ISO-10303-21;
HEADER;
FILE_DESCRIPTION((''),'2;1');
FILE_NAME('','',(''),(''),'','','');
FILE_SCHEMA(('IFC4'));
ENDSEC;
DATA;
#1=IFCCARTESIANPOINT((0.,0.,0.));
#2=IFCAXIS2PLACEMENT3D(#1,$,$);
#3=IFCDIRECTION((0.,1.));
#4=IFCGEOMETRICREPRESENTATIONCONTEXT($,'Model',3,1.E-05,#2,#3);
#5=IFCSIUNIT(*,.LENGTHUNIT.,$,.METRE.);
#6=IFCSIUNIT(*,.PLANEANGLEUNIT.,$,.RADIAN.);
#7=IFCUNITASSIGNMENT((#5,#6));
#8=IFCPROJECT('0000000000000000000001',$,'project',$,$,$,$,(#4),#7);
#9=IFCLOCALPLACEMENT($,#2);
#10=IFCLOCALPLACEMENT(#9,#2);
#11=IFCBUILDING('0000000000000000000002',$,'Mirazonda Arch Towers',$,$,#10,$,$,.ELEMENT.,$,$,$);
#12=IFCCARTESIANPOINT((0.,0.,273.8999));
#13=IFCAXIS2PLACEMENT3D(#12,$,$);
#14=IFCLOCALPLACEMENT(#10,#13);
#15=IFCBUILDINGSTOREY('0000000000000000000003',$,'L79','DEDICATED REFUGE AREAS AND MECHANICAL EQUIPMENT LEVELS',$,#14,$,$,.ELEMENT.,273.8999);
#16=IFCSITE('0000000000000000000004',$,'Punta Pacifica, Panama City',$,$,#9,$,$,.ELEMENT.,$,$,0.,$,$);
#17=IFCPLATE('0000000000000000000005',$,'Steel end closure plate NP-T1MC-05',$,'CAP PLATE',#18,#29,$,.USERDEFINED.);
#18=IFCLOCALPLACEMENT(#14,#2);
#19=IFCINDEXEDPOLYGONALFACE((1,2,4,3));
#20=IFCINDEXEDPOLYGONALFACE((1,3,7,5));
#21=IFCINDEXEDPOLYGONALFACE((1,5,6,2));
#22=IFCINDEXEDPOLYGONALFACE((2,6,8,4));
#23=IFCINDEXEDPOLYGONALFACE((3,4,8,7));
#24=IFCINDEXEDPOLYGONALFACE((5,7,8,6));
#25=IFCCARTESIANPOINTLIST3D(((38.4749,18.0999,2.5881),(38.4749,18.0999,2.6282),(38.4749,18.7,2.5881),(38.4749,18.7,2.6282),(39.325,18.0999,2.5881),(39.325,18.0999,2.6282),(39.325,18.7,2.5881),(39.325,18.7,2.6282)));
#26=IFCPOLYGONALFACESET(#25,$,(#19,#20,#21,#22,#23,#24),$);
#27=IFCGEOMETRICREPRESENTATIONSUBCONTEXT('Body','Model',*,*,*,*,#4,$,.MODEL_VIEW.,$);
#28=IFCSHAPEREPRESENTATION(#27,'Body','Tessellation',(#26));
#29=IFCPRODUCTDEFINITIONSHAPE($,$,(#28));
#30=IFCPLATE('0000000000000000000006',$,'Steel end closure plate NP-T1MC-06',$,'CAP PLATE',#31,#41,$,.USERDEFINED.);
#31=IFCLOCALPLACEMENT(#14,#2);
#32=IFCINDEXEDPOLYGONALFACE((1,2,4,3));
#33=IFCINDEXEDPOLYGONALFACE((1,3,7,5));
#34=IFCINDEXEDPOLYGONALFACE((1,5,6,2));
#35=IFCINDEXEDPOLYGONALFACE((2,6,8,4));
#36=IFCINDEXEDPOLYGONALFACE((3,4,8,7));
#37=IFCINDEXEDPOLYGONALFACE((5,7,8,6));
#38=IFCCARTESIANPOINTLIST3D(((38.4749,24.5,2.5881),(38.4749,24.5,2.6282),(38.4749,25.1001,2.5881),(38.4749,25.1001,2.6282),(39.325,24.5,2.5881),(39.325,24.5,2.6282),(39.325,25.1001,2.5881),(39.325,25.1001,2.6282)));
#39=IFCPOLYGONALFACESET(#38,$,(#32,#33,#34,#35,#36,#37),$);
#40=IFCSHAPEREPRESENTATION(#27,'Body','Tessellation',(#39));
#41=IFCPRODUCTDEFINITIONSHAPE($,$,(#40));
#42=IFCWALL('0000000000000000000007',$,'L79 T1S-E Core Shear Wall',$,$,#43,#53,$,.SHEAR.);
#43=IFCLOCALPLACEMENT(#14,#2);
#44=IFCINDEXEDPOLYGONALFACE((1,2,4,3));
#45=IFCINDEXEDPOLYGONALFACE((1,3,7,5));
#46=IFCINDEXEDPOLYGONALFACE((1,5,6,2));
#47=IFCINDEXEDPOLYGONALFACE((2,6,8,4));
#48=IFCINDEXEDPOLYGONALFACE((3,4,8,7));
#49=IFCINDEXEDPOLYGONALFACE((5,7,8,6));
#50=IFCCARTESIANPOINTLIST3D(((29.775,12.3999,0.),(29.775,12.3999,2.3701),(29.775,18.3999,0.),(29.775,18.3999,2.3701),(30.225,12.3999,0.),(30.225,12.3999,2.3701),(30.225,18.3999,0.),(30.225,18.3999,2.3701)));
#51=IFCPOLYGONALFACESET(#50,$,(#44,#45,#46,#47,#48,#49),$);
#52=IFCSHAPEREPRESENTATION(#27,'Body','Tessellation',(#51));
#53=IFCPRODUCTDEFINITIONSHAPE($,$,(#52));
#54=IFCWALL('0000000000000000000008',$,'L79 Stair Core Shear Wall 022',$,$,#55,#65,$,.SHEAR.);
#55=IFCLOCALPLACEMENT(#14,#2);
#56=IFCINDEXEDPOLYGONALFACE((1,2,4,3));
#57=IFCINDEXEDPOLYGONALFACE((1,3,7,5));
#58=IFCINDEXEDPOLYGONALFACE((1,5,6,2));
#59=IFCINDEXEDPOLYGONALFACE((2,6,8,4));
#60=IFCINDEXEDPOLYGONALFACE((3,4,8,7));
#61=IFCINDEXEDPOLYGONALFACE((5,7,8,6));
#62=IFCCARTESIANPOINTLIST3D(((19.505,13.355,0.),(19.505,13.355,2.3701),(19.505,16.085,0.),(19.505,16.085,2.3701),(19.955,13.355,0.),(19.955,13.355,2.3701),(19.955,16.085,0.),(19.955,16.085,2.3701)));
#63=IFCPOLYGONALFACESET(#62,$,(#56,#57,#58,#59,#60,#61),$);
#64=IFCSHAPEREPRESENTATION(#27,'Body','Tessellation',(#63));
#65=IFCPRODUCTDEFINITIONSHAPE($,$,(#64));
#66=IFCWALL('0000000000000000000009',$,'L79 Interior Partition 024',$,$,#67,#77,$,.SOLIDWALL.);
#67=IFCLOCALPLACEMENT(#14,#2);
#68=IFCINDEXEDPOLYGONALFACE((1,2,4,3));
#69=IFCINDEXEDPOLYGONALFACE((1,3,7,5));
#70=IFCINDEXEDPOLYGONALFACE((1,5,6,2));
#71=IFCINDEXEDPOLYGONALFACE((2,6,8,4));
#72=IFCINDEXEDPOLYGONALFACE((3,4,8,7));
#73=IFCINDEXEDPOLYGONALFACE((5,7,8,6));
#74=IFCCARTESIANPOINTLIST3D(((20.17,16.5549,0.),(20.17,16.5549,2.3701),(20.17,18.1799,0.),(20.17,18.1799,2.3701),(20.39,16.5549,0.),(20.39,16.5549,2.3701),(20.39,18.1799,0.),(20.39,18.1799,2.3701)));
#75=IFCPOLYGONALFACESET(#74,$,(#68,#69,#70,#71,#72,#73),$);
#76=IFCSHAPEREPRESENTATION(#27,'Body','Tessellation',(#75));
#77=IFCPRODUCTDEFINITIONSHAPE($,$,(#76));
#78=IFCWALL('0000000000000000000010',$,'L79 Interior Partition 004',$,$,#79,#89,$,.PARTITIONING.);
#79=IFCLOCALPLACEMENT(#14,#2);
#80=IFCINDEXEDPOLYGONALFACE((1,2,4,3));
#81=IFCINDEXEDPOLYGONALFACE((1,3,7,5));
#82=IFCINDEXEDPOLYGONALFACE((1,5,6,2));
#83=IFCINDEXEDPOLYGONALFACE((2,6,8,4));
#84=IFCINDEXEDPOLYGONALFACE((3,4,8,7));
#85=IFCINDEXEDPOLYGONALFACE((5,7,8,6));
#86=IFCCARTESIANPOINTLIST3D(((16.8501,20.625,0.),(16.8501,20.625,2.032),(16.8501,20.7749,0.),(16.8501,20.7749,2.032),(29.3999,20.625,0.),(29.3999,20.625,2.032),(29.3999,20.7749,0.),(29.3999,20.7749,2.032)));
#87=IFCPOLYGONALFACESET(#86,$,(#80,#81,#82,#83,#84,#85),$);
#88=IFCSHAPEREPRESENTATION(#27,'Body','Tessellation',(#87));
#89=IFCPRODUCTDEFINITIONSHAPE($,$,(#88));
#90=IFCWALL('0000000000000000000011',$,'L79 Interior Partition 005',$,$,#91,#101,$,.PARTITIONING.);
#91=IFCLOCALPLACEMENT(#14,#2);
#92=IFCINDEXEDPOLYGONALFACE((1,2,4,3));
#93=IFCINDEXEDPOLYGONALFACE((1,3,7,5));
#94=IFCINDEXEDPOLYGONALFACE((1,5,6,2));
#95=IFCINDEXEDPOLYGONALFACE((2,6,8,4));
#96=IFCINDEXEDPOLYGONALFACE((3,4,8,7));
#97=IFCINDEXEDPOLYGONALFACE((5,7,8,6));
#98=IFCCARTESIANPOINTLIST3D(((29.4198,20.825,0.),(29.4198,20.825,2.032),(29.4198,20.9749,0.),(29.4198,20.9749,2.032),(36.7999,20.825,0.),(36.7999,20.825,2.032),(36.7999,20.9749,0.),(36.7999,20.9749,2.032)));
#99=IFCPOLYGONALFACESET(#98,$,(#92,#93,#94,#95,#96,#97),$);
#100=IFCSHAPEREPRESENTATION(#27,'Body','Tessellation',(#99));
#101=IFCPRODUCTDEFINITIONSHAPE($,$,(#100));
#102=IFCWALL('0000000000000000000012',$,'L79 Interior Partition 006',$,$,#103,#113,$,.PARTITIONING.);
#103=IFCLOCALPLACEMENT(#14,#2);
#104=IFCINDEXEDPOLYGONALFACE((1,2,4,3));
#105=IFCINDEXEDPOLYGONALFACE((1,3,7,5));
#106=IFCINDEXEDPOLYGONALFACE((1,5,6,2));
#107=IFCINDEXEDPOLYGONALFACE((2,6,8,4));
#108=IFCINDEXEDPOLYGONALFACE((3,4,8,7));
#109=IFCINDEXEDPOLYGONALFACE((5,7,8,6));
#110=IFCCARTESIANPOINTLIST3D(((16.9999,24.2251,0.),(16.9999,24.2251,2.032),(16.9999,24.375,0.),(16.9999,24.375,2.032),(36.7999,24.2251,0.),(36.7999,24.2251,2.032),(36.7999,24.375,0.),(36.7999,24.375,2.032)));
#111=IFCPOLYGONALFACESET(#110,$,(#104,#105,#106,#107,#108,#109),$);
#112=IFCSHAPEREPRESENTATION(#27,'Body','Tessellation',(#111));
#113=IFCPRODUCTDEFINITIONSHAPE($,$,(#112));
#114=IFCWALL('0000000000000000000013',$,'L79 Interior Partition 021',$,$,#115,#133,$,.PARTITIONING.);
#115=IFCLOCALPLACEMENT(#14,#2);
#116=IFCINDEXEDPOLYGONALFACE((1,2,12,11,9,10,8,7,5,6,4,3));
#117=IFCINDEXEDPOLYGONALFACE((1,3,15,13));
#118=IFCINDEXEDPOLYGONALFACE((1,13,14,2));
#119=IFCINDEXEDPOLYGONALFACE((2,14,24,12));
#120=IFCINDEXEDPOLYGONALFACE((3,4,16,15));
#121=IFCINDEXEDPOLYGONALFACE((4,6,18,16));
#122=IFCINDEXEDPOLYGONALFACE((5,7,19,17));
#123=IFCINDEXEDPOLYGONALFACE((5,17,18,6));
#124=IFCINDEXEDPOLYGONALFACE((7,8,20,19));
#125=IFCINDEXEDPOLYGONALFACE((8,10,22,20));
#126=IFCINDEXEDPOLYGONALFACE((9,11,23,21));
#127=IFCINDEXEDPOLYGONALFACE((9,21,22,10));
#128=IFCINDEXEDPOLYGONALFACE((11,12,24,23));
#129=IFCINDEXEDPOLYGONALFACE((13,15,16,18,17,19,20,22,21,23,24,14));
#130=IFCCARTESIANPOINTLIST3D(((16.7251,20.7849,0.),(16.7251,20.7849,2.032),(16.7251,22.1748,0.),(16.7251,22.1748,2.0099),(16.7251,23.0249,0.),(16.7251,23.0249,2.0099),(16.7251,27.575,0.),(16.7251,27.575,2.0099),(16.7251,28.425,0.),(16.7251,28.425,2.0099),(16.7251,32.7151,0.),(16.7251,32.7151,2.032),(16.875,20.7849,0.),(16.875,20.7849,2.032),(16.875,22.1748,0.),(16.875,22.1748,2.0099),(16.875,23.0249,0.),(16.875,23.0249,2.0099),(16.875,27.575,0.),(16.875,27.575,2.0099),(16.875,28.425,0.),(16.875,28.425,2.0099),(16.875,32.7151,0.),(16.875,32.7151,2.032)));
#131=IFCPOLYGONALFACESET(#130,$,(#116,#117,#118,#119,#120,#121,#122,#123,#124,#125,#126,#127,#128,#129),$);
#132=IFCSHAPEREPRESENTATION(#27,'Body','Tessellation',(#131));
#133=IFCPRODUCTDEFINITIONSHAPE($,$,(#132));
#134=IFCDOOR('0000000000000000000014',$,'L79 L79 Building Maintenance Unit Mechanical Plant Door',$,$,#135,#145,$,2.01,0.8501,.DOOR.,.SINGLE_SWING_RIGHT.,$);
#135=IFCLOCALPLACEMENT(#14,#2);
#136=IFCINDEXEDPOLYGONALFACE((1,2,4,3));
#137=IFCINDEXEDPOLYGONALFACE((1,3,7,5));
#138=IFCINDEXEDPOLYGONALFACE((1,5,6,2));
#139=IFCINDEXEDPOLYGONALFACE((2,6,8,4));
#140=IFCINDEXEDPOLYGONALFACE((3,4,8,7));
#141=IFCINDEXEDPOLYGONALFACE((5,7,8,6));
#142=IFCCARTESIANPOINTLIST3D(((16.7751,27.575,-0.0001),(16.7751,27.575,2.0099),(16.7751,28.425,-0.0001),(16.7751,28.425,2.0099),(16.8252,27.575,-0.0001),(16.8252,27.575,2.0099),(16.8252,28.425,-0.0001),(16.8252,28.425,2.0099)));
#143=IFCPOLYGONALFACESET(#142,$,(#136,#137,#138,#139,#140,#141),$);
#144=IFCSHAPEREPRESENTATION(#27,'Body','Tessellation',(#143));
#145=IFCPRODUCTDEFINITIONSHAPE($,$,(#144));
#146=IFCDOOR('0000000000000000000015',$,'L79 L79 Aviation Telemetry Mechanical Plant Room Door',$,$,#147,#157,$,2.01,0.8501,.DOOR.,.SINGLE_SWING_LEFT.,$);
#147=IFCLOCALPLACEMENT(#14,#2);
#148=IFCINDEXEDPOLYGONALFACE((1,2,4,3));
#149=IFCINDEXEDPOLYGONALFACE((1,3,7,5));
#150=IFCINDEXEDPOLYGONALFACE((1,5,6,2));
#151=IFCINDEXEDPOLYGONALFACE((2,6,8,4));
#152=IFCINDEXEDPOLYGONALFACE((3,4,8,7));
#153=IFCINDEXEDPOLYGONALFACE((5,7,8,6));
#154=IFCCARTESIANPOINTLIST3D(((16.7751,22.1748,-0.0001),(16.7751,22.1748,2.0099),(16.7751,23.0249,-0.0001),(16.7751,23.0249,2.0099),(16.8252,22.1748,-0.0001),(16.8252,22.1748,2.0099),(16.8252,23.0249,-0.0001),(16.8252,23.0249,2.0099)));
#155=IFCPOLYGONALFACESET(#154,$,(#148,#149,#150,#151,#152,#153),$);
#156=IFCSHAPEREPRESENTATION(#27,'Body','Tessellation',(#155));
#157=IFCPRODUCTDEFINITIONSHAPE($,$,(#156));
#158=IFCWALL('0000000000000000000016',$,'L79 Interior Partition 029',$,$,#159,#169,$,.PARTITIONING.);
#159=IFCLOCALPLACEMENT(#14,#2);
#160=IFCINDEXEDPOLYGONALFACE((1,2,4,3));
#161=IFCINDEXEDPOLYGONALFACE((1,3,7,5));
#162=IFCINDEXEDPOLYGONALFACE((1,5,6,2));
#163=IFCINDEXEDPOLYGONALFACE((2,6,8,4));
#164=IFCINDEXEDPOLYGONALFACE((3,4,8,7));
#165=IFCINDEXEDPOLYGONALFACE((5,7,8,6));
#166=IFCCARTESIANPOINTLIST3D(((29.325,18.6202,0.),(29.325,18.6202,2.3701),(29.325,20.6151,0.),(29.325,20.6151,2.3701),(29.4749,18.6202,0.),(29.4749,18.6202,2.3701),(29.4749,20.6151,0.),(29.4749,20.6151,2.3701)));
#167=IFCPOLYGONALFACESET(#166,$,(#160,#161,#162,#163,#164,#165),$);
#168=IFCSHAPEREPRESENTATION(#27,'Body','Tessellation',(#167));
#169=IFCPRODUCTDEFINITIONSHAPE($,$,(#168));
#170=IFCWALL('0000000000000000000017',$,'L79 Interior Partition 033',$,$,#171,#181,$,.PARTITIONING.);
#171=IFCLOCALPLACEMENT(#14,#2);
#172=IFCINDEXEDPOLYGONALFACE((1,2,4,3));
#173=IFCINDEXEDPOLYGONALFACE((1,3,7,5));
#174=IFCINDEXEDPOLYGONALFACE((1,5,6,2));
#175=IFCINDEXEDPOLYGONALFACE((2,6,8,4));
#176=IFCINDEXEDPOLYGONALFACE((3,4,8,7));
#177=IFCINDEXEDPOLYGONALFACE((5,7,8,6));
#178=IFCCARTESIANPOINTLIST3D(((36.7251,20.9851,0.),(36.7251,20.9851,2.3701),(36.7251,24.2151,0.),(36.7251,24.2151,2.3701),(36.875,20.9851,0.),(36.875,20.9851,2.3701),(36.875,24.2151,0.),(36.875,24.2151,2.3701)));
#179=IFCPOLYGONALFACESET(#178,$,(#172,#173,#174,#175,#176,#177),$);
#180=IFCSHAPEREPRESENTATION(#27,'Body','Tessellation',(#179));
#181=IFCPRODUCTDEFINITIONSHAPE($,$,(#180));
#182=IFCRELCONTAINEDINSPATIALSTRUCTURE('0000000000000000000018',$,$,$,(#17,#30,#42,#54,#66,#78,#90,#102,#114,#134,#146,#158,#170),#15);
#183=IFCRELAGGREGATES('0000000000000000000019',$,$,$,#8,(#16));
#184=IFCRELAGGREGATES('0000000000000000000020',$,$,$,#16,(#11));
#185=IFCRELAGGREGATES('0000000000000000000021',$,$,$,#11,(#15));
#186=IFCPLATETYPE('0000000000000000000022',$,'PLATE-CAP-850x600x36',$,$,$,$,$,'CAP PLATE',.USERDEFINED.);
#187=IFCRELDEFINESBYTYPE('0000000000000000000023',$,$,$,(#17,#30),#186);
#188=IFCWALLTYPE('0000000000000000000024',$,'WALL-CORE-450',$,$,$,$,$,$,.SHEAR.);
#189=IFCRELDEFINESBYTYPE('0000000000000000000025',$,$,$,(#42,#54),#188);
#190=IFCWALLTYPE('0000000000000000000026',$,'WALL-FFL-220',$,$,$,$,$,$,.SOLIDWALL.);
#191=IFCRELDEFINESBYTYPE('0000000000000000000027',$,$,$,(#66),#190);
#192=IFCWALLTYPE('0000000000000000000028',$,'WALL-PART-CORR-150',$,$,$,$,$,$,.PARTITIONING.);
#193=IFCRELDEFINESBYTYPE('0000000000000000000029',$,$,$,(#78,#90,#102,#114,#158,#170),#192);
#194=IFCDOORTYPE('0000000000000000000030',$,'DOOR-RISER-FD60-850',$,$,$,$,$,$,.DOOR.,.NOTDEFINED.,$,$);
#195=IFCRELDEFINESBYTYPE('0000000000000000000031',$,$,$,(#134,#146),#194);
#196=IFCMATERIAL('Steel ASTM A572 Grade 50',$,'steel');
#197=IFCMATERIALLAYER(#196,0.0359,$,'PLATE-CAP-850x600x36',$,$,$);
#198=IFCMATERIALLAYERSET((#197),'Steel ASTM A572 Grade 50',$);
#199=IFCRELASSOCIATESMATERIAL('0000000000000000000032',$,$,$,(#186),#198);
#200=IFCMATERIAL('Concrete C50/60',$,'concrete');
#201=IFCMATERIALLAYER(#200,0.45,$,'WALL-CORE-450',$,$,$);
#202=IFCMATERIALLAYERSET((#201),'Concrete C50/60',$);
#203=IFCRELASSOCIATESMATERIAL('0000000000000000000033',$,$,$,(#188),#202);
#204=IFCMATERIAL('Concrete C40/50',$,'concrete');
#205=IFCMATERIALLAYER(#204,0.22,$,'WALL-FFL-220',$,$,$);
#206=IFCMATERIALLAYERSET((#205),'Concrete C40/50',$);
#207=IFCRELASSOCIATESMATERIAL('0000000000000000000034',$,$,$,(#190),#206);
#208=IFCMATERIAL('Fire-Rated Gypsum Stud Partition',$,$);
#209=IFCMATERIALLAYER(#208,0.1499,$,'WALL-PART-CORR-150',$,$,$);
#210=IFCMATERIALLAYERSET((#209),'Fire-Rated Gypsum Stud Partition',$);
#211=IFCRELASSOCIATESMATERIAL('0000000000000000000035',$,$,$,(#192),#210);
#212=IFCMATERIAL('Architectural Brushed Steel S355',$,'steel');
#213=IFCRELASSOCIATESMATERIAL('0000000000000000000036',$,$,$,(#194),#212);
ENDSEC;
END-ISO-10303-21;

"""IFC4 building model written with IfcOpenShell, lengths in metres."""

from ifc_helpers import new_model, si_unit, direction, frame, frame_2d, origin, origin_2d, place, context, subcontext, project, spatial, rectangle, extrude, material, layer, layer_set, type_object, element, fill, save


model = new_model("IFC4")

# Units and contexts
model_context = context("Model", 3, precision=1e-05, world=origin(), true_north=direction((0.0, 1.0)))
body_context = subcontext(model_context, "Body", "Model", "MODEL_VIEW")
ifc_project = project(units=[si_unit("LENGTHUNIT", "METRE"), si_unit("PLANEANGLEUNIT", "RADIAN")], contexts=[model_context])

# Site, building, storey
site_placement = place(None, origin())
site = spatial("IfcSite", under=ifc_project, at=site_placement, Name="Punta Pacifica, Panama City", CompositionType="ELEMENT", RefElevation=0.0)
building_placement = place(site_placement, origin())
building = spatial("IfcBuilding", under=site, at=building_placement, Name="Mirazonda Arch Towers", CompositionType="ELEMENT")
storey_placement = place(building_placement, frame((0.0, 0.0, 273.8999)))
storey = spatial("IfcBuildingStorey", under=building, at=storey_placement, Name="L79", Description="DEDICATED REFUGE AREAS AND MECHANICAL EQUIPMENT LEVELS", CompositionType="ELEMENT", Elevation=273.8999)

# Shared definitions
ifc_material_1 = material(Name="Concrete C50/60", Category="concrete")
ifc_material_2 = material(Name="Steel ASTM A572 Grade 50", Category="steel")

# Plates
ifc_layer_1 = layer(ifc_material_2, 0.0359, Name="PLATE-CAP-850x600x36")
ifc_layer_set_1 = layer_set([ifc_layer_1], Name="Steel ASTM A572 Grade 50")
plate_type = type_object("IfcPlateType", Name="PLATE-CAP-850x600x36", ElementType="CAP PLATE", PredefinedType="USERDEFINED", material=ifc_layer_set_1)
for number, where, z_axis, x_axis, name in (
    (1, (38.8999, 18.3999, 2.5881), (0.0, 0.0, 1.0), (1.0, 0.0, 0.0), "Steel end closure plate NP-T1MC-05"),
    (2, (38.8999, 24.8, 2.5881), (0.0, 0.0, 1.0), (1.0, 0.0, 0.0), "Steel end closure plate NP-T1MC-06"),
):
    element("IfcPlate", number, at=place(storey_placement, frame(where, z_axis=z_axis, x_axis=x_axis)), inside=storey, type_object=plate_type, Name=name, ObjectType="CAP PLATE", PredefinedType="USERDEFINED", context=body_context, shape_type="SweptSolid", body=[
        extrude(rectangle(XDim=0.8501, YDim=0.6001, at=origin_2d()), origin(), (0.0, 0.0, 1.0), 0.04),
    ])

# Walls
ifc_layer_2 = layer(ifc_material_1, 0.45, Name="WALL-CORE-450")
ifc_layer_set_2 = layer_set([ifc_layer_2], Name="Concrete C50/60")
wall_type_1 = type_object("IfcWallType", Name="WALL-CORE-450", PredefinedType="SHEAR", material=ifc_layer_set_2)
wall_1_placement = place(storey_placement, frame((30.0, 12.3999, 0.0), z_axis=(0.0, 0.0, 1.0), x_axis=(0.0, 1.0, 0.0)))
element("IfcWall", 3, at=wall_1_placement, inside=storey, type_object=wall_type_1, Name="L79 T1S-E Core Shear Wall", PredefinedType="SHEAR", context=body_context, shape_type="SweptSolid", body=[
    extrude(rectangle(XDim=6.0, YDim=0.45, at=frame_2d((3.0, 0.0))), origin(), (0.0, 0.0, 1.0), 2.3701),
])
wall_2_placement = place(storey_placement, frame((19.73, 13.355, 0.0), z_axis=(0.0, 0.0, 1.0), x_axis=(0.0, 1.0, 0.0)))
element("IfcWall", 4, at=wall_2_placement, inside=storey, type_object=wall_type_1, Name="L79 Stair Core Shear Wall 022", PredefinedType="SHEAR", context=body_context, shape_type="SweptSolid", body=[
    extrude(rectangle(XDim=2.73, YDim=0.45, at=frame_2d((1.365, 0.0))), origin(), (0.0, 0.0, 1.0), 2.3701),
])
ifc_material_3 = material(Name="Concrete C40/50", Category="concrete")
ifc_layer_3 = layer(ifc_material_3, 0.22, Name="WALL-FFL-220")
ifc_layer_set_3 = layer_set([ifc_layer_3], Name="Concrete C40/50")
wall_type_2 = type_object("IfcWallType", Name="WALL-FFL-220", PredefinedType="SOLIDWALL", material=ifc_layer_set_3)
wall_3_placement = place(storey_placement, frame((20.28, 16.5549, 0.0), z_axis=(0.0, 0.0, 1.0), x_axis=(0.0, 1.0, 0.0)))
element("IfcWall", 5, at=wall_3_placement, inside=storey, type_object=wall_type_2, Name="L79 Interior Partition 024", PredefinedType="SOLIDWALL", context=body_context, shape_type="SweptSolid", body=[
    extrude(rectangle(XDim=1.625, YDim=0.22, at=frame_2d((0.8125, 0.0))), origin(), (0.0, 0.0, 1.0), 2.3701),
])
ifc_material_4 = material(Name="Fire-Rated Gypsum Stud Partition")
ifc_layer_4 = layer(ifc_material_4, 0.1499, Name="WALL-PART-CORR-150")
ifc_layer_set_4 = layer_set([ifc_layer_4], Name="Fire-Rated Gypsum Stud Partition")
wall_type_3 = type_object("IfcWallType", Name="WALL-PART-CORR-150", PredefinedType="PARTITIONING", material=ifc_layer_set_4)
wall_4_placement = place(storey_placement, frame((16.8501, 20.7, 0.0), z_axis=(0.0, 0.0, 1.0), x_axis=(1.0, 0.0, 0.0)))
element("IfcWall", 6, at=wall_4_placement, inside=storey, type_object=wall_type_3, Name="L79 Interior Partition 004", PredefinedType="PARTITIONING", context=body_context, shape_type="SweptSolid", body=[
    extrude(rectangle(XDim=12.5498, YDim=0.1499, at=frame_2d((6.2749, 0.0))), origin(), (0.0, 0.0, 1.0), 2.032),
])
wall_5_placement = place(storey_placement, frame((29.4199, 20.8999, 0.0), z_axis=(0.0, 0.0, 1.0), x_axis=(1.0, 0.0, 0.0)))
element("IfcWall", 7, at=wall_5_placement, inside=storey, type_object=wall_type_3, Name="L79 Interior Partition 005", PredefinedType="PARTITIONING", context=body_context, shape_type="SweptSolid", body=[
    extrude(rectangle(XDim=7.3801, YDim=0.1499, at=frame_2d((3.6899, 0.0))), origin(), (0.0, 0.0, 1.0), 2.032),
])
wall_6_placement = place(storey_placement, frame((17.0, 24.3, 0.0), z_axis=(0.0, 0.0, 1.0), x_axis=(1.0, 0.0, 0.0)))
element("IfcWall", 8, at=wall_6_placement, inside=storey, type_object=wall_type_3, Name="L79 Interior Partition 006", PredefinedType="PARTITIONING", context=body_context, shape_type="SweptSolid", body=[
    extrude(rectangle(XDim=19.8, YDim=0.1499, at=frame_2d((9.8999, 0.0))), origin(), (0.0, 0.0, 1.0), 2.032),
])

# Wall, openings, doors
wall_7_placement = place(storey_placement, frame((16.8, 20.7849, 0.0), z_axis=(0.0, 0.0, 1.0), x_axis=(0.0, 1.0, 0.0)))
wall_7 = element("IfcWall", 9, at=wall_7_placement, inside=storey, type_object=wall_type_3, Name="L79 Interior Partition 021", PredefinedType="PARTITIONING", context=body_context, shape_type="SweptSolid", body=[
    extrude(rectangle(XDim=11.9302, YDim=0.1499, at=frame_2d((5.9651, 0.0))), origin(), (0.0, 0.0, 1.0), 2.032),
])
opening_1_placement = place(wall_7_placement, frame((6.79, 0.0, 0.0)))
opening_1 = element("IfcOpeningElement", 10, at=opening_1_placement, cuts=wall_7, PredefinedType="OPENING", context=body_context, shape_type="SweptSolid", body=[
    extrude(rectangle(XDim=0.8501, YDim=2.01, at=frame_2d((0.425, 1.0049))), frame((0.0, 0.085, 0.0), z_axis=(0.0, -1.0, 0.0), x_axis=(1.0, 0.0, 0.0)), (0.0, 0.0, 1.0), 0.1699),
])
opening_2_placement = place(wall_7_placement, frame((1.3899, 0.0, 0.0)))
opening_2 = element("IfcOpeningElement", 11, at=opening_2_placement, cuts=wall_7, PredefinedType="OPENING", context=body_context, shape_type="SweptSolid", body=[
    extrude(rectangle(XDim=0.8501, YDim=2.01, at=frame_2d((0.425, 1.0049))), frame((0.0, 0.085, 0.0), z_axis=(0.0, -1.0, 0.0), x_axis=(1.0, 0.0, 0.0)), (0.0, 0.0, 1.0), 0.1699),
])
ifc_material_5 = material(Name="Architectural Brushed Steel S355", Category="steel")
door_type = type_object("IfcDoorType", Name="DOOR-RISER-FD60-850", OperationType="NOTDEFINED", PredefinedType="DOOR", material=ifc_material_5)
door_1_placement = place(opening_1_placement, origin())
door_1 = element("IfcDoor", 12, at=door_1_placement, inside=storey, type_object=door_type, Name="L79 L79 Building Maintenance Unit Mechanical Plant Door", OperationType="SINGLE_SWING_RIGHT", OverallHeight=2.01, OverallWidth=0.8501, PredefinedType="DOOR", context=body_context, shape_type="SweptSolid", body=[
    extrude(rectangle(XDim=0.8501, YDim=2.01, at=frame_2d((0.425, 1.0049))), frame((0.0, 0.0249, 0.0), z_axis=(0.0, -1.0, 0.0), x_axis=(1.0, 0.0, 0.0)), (0.0, 0.0, 1.0), 0.05),
])
fill(opening_1, door_1)
door_2_placement = place(opening_2_placement, origin())
door_2 = element("IfcDoor", 13, at=door_2_placement, inside=storey, type_object=door_type, Name="L79 L79 Aviation Telemetry Mechanical Plant Room Door", OperationType="SINGLE_SWING_LEFT", OverallHeight=2.01, OverallWidth=0.8501, PredefinedType="DOOR", context=body_context, shape_type="SweptSolid", body=[
    extrude(rectangle(XDim=0.8501, YDim=2.01, at=frame_2d((0.425, 1.0049))), frame((0.0, 0.0249, 0.0), z_axis=(0.0, -1.0, 0.0), x_axis=(1.0, 0.0, 0.0)), (0.0, 0.0, 1.0), 0.05),
])
fill(opening_2, door_2)

# Walls
wall_8_placement = place(storey_placement, frame((29.3999, 18.6201, 0.0), z_axis=(0.0, 0.0, 1.0), x_axis=(0.0, 1.0, 0.0)))
element("IfcWall", 14, at=wall_8_placement, inside=storey, type_object=wall_type_3, Name="L79 Interior Partition 029", PredefinedType="PARTITIONING", context=body_context, shape_type="SweptSolid", body=[
    extrude(rectangle(XDim=1.9949, YDim=0.1499, at=frame_2d((0.9976, 0.0))), origin(), (0.0, 0.0, 1.0), 2.3701),
])
wall_9_placement = place(storey_placement, frame((36.8, 20.9851, 0.0), z_axis=(0.0, 0.0, 1.0), x_axis=(0.0, 1.0, 0.0)))
element("IfcWall", 15, at=wall_9_placement, inside=storey, type_object=wall_type_3, Name="L79 Interior Partition 033", PredefinedType="PARTITIONING", context=body_context, shape_type="SweptSolid", body=[
    extrude(rectangle(XDim=3.23, YDim=0.1499, at=frame_2d((1.615, 0.0))), origin(), (0.0, 0.0, 1.0), 2.3701),
])

save(model, "model.ifc")
